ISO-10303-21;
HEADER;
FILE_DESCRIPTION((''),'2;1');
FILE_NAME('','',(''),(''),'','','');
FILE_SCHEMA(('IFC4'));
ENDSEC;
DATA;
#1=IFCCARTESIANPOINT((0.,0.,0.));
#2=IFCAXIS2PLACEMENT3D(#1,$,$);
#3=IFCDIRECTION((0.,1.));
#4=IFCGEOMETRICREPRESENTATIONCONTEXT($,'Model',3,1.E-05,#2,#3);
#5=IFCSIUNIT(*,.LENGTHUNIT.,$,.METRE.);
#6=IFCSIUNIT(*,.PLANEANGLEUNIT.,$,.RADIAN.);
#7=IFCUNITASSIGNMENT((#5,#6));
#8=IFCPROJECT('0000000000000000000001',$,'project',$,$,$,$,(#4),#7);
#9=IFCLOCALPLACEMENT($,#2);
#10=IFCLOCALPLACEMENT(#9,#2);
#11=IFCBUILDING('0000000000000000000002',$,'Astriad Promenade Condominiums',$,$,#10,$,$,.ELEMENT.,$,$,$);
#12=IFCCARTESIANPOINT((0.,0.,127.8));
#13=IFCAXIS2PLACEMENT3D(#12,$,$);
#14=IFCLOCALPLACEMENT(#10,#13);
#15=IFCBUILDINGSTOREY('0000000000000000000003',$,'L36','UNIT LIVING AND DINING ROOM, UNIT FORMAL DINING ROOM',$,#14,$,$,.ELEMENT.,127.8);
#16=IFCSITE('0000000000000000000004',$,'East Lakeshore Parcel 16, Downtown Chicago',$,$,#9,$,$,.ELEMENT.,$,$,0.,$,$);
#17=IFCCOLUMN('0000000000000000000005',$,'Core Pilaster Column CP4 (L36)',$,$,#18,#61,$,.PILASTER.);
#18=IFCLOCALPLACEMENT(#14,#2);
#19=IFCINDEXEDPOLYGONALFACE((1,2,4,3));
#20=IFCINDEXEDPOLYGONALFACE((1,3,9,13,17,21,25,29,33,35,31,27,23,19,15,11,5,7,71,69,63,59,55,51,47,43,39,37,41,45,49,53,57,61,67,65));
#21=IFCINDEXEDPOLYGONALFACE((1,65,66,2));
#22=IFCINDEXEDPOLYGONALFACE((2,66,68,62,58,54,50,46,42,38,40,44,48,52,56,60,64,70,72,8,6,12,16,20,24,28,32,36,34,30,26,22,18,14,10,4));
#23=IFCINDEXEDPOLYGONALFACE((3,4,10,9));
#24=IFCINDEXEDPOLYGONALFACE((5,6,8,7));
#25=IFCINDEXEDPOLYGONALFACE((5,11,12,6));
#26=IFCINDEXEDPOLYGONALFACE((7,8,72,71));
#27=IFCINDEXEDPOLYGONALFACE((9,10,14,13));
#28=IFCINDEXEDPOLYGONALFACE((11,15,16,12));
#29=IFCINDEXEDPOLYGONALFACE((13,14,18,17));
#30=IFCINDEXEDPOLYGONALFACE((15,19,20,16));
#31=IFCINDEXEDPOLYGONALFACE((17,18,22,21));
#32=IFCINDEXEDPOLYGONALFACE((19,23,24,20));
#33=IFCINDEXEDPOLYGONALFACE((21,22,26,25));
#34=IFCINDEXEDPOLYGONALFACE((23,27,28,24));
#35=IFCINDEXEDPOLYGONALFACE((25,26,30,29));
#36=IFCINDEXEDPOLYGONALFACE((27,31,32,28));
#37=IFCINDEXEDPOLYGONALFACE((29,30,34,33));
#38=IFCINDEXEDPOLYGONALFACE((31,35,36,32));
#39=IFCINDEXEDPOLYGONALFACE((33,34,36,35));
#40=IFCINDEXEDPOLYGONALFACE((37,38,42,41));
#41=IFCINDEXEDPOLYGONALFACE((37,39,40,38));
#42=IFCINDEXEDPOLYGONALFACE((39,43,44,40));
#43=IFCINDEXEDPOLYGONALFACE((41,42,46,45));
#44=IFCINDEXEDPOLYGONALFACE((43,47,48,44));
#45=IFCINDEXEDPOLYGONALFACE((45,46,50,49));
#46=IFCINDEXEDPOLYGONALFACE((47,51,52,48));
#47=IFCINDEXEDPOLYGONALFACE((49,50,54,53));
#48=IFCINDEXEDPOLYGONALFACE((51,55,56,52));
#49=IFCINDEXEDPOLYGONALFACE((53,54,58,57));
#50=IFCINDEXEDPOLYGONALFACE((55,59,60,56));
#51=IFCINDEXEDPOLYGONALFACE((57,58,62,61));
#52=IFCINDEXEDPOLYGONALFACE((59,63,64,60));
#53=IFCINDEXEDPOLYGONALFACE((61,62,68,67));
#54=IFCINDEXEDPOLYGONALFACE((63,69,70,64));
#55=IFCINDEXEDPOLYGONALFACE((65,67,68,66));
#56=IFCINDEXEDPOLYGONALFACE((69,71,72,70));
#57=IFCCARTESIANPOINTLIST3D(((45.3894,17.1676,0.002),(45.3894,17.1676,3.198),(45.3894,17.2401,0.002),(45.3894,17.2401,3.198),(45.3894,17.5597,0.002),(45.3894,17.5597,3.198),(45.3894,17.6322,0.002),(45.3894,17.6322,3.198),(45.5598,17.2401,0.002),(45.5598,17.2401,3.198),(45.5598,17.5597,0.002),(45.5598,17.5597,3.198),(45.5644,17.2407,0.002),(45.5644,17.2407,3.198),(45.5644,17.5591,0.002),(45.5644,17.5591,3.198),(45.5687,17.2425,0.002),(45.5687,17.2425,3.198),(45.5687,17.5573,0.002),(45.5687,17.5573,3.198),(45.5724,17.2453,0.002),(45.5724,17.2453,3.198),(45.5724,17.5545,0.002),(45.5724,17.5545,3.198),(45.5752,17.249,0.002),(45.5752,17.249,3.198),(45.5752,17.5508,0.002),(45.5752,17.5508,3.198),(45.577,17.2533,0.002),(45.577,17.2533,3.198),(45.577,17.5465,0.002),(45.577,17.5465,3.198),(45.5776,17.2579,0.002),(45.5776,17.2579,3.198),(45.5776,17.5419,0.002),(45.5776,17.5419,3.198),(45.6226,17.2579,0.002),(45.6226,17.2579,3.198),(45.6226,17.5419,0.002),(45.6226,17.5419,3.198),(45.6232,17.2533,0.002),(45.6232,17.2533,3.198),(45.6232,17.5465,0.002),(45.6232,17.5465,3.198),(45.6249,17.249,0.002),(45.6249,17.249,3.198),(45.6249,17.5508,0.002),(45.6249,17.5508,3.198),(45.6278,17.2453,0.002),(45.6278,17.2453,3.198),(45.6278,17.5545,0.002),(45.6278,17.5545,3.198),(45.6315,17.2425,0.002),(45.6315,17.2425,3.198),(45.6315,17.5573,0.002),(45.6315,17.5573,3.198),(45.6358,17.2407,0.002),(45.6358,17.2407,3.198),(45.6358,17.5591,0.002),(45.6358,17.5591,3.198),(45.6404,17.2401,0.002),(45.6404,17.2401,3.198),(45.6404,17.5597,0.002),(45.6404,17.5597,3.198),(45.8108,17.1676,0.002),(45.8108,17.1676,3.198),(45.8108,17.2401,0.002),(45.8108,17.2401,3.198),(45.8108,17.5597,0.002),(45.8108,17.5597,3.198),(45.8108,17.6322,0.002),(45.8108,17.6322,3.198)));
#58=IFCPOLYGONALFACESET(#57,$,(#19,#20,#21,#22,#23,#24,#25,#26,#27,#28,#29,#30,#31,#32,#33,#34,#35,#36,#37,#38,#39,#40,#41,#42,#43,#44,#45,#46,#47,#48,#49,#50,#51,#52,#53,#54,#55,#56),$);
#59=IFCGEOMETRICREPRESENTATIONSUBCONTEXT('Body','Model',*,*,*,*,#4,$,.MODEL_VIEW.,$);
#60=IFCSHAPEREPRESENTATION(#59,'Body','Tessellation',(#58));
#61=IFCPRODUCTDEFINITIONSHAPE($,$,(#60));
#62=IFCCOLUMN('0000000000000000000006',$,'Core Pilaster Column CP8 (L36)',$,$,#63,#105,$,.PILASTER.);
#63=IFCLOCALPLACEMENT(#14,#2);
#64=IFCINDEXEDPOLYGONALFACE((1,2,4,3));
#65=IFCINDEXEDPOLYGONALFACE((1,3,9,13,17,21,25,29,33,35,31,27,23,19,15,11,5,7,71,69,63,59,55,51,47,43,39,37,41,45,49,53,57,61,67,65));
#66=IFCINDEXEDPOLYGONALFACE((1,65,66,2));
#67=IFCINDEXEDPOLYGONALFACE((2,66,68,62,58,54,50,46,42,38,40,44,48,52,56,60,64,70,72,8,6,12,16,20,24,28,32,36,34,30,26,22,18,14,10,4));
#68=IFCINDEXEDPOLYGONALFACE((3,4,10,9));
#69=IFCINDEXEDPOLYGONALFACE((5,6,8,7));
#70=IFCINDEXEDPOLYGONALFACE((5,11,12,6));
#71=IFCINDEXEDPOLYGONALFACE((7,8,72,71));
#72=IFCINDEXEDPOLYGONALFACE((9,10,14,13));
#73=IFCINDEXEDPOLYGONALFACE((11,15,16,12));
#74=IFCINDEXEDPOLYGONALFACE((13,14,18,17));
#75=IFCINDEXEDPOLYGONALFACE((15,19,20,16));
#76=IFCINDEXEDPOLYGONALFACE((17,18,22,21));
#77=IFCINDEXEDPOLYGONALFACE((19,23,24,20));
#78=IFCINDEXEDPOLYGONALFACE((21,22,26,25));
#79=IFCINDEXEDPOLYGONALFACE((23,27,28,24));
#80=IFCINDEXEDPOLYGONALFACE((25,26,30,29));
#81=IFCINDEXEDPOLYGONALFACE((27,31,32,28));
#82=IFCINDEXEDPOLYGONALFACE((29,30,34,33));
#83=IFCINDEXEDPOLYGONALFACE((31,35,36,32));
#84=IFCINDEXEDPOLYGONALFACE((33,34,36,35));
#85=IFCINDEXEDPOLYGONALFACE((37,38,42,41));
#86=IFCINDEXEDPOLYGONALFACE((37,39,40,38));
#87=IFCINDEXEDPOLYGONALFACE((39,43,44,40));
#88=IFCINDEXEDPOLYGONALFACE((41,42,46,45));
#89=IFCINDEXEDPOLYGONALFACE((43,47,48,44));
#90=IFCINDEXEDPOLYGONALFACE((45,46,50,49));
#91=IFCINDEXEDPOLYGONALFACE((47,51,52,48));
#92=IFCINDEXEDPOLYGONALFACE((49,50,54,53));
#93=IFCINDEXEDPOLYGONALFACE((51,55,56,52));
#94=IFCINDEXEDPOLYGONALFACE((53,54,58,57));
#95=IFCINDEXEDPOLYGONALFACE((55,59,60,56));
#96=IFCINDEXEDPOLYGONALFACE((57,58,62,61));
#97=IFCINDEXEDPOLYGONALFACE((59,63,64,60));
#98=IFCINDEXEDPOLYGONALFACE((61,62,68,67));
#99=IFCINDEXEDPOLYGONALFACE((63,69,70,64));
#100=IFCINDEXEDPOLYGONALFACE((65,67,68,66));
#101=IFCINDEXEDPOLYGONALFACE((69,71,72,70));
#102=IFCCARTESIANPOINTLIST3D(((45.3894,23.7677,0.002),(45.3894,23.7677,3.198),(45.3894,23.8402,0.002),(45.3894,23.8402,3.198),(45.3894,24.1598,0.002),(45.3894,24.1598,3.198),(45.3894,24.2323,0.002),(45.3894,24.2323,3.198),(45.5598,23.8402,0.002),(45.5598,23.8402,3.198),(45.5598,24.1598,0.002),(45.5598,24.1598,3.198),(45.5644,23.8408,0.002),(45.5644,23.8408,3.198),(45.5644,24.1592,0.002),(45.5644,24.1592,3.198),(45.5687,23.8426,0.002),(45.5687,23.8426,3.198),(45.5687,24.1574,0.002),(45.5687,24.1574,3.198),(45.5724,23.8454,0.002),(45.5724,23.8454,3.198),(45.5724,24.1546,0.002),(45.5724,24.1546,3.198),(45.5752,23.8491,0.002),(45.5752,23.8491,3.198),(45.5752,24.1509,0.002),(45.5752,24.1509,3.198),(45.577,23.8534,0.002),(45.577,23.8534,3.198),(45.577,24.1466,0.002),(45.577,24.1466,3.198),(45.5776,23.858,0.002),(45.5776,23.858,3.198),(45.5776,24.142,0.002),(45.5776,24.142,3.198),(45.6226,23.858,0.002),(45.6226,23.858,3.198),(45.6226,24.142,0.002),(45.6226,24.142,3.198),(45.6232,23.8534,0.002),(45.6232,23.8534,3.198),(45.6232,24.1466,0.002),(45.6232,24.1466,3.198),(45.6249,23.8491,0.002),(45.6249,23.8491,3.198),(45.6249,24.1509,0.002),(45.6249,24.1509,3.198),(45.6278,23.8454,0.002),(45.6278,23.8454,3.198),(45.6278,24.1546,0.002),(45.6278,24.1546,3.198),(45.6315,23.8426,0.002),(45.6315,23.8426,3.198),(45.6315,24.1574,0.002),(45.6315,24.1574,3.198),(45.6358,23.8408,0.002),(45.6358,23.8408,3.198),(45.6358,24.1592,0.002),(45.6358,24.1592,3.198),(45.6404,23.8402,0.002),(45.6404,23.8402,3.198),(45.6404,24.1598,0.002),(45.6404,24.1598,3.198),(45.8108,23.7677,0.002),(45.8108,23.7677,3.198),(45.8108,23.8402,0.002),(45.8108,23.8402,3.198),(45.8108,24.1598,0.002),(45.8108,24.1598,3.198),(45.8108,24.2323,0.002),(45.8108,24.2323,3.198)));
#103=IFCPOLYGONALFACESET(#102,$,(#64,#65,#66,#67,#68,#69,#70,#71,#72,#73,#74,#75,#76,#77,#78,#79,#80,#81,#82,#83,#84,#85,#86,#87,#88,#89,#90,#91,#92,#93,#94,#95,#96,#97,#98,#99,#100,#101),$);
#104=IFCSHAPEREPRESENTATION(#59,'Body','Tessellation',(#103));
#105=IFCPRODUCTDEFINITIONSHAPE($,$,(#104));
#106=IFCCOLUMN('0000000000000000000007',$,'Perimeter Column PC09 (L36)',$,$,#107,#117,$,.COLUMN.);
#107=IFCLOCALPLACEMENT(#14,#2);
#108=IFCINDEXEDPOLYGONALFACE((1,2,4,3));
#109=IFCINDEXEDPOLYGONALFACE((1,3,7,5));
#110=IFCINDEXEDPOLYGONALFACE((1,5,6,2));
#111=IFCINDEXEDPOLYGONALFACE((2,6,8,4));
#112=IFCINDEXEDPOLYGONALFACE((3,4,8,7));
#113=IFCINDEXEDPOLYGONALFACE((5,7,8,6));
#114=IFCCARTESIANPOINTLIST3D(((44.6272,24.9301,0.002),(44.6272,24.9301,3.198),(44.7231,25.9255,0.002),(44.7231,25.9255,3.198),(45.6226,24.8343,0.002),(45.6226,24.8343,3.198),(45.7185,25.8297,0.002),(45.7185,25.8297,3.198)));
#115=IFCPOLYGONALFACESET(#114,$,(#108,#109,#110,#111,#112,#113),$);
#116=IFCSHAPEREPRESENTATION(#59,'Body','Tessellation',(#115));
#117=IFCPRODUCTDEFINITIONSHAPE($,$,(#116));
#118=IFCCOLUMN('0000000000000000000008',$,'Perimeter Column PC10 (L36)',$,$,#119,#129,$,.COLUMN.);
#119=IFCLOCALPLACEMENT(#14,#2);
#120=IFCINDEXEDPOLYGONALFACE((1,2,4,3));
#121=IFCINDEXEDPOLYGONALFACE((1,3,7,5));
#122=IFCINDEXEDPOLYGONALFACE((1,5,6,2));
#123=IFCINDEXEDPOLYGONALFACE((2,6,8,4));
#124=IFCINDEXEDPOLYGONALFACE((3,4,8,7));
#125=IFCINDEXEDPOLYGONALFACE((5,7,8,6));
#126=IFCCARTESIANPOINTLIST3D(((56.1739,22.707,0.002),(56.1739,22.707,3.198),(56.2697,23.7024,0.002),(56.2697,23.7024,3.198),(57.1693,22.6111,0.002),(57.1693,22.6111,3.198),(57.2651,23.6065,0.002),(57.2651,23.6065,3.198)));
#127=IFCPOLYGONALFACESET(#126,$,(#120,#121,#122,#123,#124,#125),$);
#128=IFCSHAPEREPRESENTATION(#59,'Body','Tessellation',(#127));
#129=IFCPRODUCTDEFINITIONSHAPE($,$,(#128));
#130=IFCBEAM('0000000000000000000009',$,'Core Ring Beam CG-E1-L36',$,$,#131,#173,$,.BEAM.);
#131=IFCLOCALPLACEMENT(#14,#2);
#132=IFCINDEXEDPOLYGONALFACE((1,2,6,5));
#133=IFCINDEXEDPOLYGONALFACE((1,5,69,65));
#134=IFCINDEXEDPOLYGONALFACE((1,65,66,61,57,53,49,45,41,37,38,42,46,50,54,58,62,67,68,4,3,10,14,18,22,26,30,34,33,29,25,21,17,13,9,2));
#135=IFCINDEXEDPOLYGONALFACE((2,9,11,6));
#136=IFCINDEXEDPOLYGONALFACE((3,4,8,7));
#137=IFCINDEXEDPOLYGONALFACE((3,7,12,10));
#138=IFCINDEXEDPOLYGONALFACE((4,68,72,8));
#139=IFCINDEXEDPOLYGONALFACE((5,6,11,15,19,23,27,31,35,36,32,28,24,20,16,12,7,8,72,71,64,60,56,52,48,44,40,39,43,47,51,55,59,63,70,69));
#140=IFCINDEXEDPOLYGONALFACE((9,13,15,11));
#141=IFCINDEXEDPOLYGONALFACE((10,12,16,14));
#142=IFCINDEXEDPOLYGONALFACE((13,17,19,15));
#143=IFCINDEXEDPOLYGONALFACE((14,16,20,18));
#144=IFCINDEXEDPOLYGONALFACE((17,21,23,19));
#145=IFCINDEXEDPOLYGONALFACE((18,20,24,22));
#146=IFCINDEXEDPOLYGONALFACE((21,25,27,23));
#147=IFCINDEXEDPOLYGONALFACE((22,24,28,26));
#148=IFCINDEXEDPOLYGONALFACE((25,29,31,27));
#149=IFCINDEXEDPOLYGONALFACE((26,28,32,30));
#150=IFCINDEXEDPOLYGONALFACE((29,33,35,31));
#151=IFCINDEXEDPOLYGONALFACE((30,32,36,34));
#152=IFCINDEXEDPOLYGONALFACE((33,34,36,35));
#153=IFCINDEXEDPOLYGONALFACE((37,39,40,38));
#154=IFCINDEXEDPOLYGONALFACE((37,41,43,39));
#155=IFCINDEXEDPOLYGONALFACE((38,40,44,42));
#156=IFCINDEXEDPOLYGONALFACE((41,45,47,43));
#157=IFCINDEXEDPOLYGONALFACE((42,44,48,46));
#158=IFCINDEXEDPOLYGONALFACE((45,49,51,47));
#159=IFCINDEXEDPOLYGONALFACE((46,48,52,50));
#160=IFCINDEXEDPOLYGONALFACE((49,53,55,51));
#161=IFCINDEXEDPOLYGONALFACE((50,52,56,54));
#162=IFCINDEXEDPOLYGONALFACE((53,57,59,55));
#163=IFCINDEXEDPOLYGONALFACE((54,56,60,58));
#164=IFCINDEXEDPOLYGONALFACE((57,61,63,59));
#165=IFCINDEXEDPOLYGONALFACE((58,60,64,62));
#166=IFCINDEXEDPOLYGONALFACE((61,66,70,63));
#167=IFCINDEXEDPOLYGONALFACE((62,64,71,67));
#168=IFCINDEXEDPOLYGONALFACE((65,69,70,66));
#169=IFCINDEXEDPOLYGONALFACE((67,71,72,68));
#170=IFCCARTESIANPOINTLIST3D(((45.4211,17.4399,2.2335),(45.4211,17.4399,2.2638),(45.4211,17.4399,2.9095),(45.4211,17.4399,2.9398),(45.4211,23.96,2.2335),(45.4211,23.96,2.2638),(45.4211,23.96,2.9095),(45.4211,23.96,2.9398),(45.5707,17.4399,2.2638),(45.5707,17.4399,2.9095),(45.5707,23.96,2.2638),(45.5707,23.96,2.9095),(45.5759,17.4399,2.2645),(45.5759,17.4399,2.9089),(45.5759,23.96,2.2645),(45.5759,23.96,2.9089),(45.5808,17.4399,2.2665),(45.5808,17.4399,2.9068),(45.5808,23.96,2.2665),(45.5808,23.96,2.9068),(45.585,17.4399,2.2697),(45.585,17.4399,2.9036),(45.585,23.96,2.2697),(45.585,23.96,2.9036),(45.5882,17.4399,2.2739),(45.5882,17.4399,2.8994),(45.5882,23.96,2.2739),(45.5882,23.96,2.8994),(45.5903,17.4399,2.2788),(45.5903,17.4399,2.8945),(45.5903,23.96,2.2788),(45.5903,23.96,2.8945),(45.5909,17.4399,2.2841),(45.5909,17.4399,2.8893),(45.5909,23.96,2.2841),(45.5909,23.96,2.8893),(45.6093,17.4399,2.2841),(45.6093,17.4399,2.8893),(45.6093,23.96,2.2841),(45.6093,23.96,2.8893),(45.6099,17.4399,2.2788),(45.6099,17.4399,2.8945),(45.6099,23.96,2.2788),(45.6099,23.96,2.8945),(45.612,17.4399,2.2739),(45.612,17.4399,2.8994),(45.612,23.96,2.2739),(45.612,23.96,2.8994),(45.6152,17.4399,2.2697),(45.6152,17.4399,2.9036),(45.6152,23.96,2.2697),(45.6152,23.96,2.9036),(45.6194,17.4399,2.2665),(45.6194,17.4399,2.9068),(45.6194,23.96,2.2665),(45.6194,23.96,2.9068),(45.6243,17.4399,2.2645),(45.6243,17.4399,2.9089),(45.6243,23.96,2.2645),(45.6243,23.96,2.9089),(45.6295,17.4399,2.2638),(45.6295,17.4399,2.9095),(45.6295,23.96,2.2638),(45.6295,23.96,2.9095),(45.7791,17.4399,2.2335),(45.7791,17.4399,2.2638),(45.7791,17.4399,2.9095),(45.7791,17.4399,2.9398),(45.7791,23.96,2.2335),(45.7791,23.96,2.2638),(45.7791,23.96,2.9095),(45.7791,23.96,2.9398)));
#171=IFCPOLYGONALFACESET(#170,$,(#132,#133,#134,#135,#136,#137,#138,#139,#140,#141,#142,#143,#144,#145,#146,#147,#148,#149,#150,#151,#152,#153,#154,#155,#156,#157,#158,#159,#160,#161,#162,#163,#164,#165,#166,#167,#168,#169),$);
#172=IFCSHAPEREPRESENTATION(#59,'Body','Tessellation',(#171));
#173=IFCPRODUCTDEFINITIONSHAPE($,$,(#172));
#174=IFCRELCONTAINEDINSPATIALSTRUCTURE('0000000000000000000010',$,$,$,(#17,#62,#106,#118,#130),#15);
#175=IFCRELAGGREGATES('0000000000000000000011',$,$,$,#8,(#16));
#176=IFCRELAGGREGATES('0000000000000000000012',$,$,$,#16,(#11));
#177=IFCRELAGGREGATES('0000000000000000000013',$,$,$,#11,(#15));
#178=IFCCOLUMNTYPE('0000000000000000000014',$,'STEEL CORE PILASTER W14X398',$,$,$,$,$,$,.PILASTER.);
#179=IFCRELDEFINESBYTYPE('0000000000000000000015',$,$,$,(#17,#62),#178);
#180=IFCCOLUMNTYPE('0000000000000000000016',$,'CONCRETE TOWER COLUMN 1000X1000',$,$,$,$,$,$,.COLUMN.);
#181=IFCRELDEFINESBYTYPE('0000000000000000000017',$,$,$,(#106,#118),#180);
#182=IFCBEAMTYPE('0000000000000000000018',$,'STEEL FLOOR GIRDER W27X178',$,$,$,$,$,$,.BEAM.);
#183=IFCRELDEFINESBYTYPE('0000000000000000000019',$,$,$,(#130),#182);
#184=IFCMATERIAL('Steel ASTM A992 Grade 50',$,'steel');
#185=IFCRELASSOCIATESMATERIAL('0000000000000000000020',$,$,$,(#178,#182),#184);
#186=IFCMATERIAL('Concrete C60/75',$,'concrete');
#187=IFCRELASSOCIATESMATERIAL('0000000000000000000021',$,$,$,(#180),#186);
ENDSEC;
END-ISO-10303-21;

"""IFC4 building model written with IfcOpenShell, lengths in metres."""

from ifc_helpers import new_model, si_unit, direction, frame, origin, origin_2d, place, context, subcontext, project, spatial, rectangle, i_section, extrude, source, transform, mapped, material, material_profile, profile_set, type_object, type_shapes, element, save


model = new_model("IFC4")

# Units and contexts
model_context = context("Model", 3, precision=1e-05, world=origin(), true_north=direction((0.0, 1.0)))
body_context = subcontext(model_context, "Body", "Model", "MODEL_VIEW")
ifc_project = project(units=[si_unit("LENGTHUNIT", "METRE"), si_unit("PLANEANGLEUNIT", "RADIAN")], contexts=[model_context])

# Site, building, storey
site_placement = place(None, origin())
site = spatial("IfcSite", under=ifc_project, at=site_placement, Name="East Lakeshore Parcel 16, Downtown Chicago", CompositionType="ELEMENT", RefElevation=0.0)
building_placement = place(site_placement, origin())
building = spatial("IfcBuilding", under=site, at=building_placement, Name="Astriad Promenade Condominiums", CompositionType="ELEMENT")
storey_placement = place(building_placement, frame((0.0, 0.0, 127.8)))
storey = spatial("IfcBuildingStorey", under=building, at=storey_placement, Name="L36", Description="UNIT LIVING AND DINING ROOM, UNIT FORMAL DINING ROOM", CompositionType="ELEMENT", Elevation=127.8)

# Columns
ifc_material_1 = material(Name="Steel ASTM A992 Grade 50", Category="steel")
ifc_material_profile_1 = material_profile(ifc_material_1, i_section(OverallWidth=0.4214, OverallDepth=0.4646, WebThickness=0.0449, FlangeThickness=0.0725, FilletRadius=0.0178, at=origin_2d()), Name="W14X398")
ifc_profile_set_1 = profile_set([ifc_material_profile_1], Name="Steel ASTM A992 Grade 50")
column_type_1 = type_object("IfcColumnType", Name="STEEL CORE PILASTER W14X398", PredefinedType="PILASTER", material=ifc_profile_set_1)
shared_shape_1 = source(origin(), body_context, "Body", "SweptSolid", [
    extrude(i_section(OverallWidth=0.4214, OverallDepth=0.4646, WebThickness=0.0449, FlangeThickness=0.0725, FilletRadius=0.0178, at=origin_2d()), origin(), (0.0, 0.0, 1.0), 3.196),
])
type_shapes(column_type_1, [shared_shape_1])
for number, where, z_axis, x_axis, name in (
    (1, (45.6001, 17.3999, 0.002), (0.0, 0.0, 1.0), (1.0, 0.0, 0.0), "Core Pilaster Column CP4 (L36)"),
    (2, (45.6001, 24.0, 0.002), (0.0, 0.0, 1.0), (1.0, 0.0, 0.0), "Core Pilaster Column CP8 (L36)"),
):
    element("IfcColumn", number, at=place(storey_placement, frame(where, z_axis=z_axis, x_axis=x_axis)), inside=storey, type_object=column_type_1, Name=name, PredefinedType="PILASTER", context=body_context, shape_type="MappedRepresentation", body=[
        mapped(shared_shape_1, transform((0.0, 0.0, 0.0), scale=1.0)),
    ])
ifc_material_2 = material(Name="Concrete C60/75", Category="concrete")
ifc_material_profile_2 = material_profile(ifc_material_2, rectangle(XDim=1.0, YDim=1.0, at=origin_2d()), Name="RC-COL-1000X1000")
ifc_profile_set_2 = profile_set([ifc_material_profile_2], Name="Concrete C60/75")
column_type_2 = type_object("IfcColumnType", Name="CONCRETE TOWER COLUMN 1000X1000", PredefinedType="COLUMN", material=ifc_profile_set_2)
shared_shape_2 = source(origin(), body_context, "Body", "SweptSolid", [
    extrude(rectangle(XDim=1.0, YDim=1.0, at=origin_2d()), origin(), (0.0, 0.0, 1.0), 3.196),
])
type_shapes(column_type_2, [shared_shape_2])
for number, where, z_axis, x_axis, name in (
    (3, (45.1729, 25.3799, 0.002), (0.0, 0.0, 1.0), (0.995396, -0.095846, 0.0), "Perimeter Column PC09 (L36)"),
    (4, (56.7195, 23.1567, 0.002), (0.0, 0.0, 1.0), (0.995396, -0.095846, 0.0), "Perimeter Column PC10 (L36)"),
):
    element("IfcColumn", number, at=place(storey_placement, frame(where, z_axis=z_axis, x_axis=x_axis)), inside=storey, type_object=column_type_2, Name=name, PredefinedType="COLUMN", context=body_context, shape_type="MappedRepresentation", body=[
        mapped(shared_shape_2, transform((0.0, 0.0, 0.0), scale=1.0)),
    ])

# Beam
ifc_material_profile_3 = material_profile(ifc_material_1, i_section(OverallWidth=0.3579, OverallDepth=0.7063, WebThickness=0.0183, FlangeThickness=0.0303, FilletRadius=0.0203, at=origin_2d()), Name="W27X178")
ifc_profile_set_3 = profile_set([ifc_material_profile_3], Name="Steel ASTM A992 Grade 50")
beam_type_1 = type_object("IfcBeamType", Name="STEEL FLOOR GIRDER W27X178", PredefinedType="BEAM", material=ifc_profile_set_3)
shared_shape_3 = source(origin(), body_context, "Body", "SweptSolid", [
    extrude(i_section(OverallWidth=0.3579, OverallDepth=0.7063, WebThickness=0.0183, FlangeThickness=0.0303, FilletRadius=0.0203, at=origin_2d()), origin(), (0.0, 0.0, 1.0), 6.52),
])
beam_1_placement = place(storey_placement, frame((45.6001, 17.4399, 2.5867), z_axis=(0.0, 1.0, 0.0), x_axis=(-1.0, 0.0, 0.0)))
element("IfcBeam", 5, at=beam_1_placement, inside=storey, type_object=beam_type_1, Name="Core Ring Beam CG-E1-L36", PredefinedType="BEAM", context=body_context, shape_type="MappedRepresentation", body=[
    mapped(shared_shape_3, transform((0.0, 0.0, 0.0), scale=1.0)),
])

save(model, "model.ifc")
